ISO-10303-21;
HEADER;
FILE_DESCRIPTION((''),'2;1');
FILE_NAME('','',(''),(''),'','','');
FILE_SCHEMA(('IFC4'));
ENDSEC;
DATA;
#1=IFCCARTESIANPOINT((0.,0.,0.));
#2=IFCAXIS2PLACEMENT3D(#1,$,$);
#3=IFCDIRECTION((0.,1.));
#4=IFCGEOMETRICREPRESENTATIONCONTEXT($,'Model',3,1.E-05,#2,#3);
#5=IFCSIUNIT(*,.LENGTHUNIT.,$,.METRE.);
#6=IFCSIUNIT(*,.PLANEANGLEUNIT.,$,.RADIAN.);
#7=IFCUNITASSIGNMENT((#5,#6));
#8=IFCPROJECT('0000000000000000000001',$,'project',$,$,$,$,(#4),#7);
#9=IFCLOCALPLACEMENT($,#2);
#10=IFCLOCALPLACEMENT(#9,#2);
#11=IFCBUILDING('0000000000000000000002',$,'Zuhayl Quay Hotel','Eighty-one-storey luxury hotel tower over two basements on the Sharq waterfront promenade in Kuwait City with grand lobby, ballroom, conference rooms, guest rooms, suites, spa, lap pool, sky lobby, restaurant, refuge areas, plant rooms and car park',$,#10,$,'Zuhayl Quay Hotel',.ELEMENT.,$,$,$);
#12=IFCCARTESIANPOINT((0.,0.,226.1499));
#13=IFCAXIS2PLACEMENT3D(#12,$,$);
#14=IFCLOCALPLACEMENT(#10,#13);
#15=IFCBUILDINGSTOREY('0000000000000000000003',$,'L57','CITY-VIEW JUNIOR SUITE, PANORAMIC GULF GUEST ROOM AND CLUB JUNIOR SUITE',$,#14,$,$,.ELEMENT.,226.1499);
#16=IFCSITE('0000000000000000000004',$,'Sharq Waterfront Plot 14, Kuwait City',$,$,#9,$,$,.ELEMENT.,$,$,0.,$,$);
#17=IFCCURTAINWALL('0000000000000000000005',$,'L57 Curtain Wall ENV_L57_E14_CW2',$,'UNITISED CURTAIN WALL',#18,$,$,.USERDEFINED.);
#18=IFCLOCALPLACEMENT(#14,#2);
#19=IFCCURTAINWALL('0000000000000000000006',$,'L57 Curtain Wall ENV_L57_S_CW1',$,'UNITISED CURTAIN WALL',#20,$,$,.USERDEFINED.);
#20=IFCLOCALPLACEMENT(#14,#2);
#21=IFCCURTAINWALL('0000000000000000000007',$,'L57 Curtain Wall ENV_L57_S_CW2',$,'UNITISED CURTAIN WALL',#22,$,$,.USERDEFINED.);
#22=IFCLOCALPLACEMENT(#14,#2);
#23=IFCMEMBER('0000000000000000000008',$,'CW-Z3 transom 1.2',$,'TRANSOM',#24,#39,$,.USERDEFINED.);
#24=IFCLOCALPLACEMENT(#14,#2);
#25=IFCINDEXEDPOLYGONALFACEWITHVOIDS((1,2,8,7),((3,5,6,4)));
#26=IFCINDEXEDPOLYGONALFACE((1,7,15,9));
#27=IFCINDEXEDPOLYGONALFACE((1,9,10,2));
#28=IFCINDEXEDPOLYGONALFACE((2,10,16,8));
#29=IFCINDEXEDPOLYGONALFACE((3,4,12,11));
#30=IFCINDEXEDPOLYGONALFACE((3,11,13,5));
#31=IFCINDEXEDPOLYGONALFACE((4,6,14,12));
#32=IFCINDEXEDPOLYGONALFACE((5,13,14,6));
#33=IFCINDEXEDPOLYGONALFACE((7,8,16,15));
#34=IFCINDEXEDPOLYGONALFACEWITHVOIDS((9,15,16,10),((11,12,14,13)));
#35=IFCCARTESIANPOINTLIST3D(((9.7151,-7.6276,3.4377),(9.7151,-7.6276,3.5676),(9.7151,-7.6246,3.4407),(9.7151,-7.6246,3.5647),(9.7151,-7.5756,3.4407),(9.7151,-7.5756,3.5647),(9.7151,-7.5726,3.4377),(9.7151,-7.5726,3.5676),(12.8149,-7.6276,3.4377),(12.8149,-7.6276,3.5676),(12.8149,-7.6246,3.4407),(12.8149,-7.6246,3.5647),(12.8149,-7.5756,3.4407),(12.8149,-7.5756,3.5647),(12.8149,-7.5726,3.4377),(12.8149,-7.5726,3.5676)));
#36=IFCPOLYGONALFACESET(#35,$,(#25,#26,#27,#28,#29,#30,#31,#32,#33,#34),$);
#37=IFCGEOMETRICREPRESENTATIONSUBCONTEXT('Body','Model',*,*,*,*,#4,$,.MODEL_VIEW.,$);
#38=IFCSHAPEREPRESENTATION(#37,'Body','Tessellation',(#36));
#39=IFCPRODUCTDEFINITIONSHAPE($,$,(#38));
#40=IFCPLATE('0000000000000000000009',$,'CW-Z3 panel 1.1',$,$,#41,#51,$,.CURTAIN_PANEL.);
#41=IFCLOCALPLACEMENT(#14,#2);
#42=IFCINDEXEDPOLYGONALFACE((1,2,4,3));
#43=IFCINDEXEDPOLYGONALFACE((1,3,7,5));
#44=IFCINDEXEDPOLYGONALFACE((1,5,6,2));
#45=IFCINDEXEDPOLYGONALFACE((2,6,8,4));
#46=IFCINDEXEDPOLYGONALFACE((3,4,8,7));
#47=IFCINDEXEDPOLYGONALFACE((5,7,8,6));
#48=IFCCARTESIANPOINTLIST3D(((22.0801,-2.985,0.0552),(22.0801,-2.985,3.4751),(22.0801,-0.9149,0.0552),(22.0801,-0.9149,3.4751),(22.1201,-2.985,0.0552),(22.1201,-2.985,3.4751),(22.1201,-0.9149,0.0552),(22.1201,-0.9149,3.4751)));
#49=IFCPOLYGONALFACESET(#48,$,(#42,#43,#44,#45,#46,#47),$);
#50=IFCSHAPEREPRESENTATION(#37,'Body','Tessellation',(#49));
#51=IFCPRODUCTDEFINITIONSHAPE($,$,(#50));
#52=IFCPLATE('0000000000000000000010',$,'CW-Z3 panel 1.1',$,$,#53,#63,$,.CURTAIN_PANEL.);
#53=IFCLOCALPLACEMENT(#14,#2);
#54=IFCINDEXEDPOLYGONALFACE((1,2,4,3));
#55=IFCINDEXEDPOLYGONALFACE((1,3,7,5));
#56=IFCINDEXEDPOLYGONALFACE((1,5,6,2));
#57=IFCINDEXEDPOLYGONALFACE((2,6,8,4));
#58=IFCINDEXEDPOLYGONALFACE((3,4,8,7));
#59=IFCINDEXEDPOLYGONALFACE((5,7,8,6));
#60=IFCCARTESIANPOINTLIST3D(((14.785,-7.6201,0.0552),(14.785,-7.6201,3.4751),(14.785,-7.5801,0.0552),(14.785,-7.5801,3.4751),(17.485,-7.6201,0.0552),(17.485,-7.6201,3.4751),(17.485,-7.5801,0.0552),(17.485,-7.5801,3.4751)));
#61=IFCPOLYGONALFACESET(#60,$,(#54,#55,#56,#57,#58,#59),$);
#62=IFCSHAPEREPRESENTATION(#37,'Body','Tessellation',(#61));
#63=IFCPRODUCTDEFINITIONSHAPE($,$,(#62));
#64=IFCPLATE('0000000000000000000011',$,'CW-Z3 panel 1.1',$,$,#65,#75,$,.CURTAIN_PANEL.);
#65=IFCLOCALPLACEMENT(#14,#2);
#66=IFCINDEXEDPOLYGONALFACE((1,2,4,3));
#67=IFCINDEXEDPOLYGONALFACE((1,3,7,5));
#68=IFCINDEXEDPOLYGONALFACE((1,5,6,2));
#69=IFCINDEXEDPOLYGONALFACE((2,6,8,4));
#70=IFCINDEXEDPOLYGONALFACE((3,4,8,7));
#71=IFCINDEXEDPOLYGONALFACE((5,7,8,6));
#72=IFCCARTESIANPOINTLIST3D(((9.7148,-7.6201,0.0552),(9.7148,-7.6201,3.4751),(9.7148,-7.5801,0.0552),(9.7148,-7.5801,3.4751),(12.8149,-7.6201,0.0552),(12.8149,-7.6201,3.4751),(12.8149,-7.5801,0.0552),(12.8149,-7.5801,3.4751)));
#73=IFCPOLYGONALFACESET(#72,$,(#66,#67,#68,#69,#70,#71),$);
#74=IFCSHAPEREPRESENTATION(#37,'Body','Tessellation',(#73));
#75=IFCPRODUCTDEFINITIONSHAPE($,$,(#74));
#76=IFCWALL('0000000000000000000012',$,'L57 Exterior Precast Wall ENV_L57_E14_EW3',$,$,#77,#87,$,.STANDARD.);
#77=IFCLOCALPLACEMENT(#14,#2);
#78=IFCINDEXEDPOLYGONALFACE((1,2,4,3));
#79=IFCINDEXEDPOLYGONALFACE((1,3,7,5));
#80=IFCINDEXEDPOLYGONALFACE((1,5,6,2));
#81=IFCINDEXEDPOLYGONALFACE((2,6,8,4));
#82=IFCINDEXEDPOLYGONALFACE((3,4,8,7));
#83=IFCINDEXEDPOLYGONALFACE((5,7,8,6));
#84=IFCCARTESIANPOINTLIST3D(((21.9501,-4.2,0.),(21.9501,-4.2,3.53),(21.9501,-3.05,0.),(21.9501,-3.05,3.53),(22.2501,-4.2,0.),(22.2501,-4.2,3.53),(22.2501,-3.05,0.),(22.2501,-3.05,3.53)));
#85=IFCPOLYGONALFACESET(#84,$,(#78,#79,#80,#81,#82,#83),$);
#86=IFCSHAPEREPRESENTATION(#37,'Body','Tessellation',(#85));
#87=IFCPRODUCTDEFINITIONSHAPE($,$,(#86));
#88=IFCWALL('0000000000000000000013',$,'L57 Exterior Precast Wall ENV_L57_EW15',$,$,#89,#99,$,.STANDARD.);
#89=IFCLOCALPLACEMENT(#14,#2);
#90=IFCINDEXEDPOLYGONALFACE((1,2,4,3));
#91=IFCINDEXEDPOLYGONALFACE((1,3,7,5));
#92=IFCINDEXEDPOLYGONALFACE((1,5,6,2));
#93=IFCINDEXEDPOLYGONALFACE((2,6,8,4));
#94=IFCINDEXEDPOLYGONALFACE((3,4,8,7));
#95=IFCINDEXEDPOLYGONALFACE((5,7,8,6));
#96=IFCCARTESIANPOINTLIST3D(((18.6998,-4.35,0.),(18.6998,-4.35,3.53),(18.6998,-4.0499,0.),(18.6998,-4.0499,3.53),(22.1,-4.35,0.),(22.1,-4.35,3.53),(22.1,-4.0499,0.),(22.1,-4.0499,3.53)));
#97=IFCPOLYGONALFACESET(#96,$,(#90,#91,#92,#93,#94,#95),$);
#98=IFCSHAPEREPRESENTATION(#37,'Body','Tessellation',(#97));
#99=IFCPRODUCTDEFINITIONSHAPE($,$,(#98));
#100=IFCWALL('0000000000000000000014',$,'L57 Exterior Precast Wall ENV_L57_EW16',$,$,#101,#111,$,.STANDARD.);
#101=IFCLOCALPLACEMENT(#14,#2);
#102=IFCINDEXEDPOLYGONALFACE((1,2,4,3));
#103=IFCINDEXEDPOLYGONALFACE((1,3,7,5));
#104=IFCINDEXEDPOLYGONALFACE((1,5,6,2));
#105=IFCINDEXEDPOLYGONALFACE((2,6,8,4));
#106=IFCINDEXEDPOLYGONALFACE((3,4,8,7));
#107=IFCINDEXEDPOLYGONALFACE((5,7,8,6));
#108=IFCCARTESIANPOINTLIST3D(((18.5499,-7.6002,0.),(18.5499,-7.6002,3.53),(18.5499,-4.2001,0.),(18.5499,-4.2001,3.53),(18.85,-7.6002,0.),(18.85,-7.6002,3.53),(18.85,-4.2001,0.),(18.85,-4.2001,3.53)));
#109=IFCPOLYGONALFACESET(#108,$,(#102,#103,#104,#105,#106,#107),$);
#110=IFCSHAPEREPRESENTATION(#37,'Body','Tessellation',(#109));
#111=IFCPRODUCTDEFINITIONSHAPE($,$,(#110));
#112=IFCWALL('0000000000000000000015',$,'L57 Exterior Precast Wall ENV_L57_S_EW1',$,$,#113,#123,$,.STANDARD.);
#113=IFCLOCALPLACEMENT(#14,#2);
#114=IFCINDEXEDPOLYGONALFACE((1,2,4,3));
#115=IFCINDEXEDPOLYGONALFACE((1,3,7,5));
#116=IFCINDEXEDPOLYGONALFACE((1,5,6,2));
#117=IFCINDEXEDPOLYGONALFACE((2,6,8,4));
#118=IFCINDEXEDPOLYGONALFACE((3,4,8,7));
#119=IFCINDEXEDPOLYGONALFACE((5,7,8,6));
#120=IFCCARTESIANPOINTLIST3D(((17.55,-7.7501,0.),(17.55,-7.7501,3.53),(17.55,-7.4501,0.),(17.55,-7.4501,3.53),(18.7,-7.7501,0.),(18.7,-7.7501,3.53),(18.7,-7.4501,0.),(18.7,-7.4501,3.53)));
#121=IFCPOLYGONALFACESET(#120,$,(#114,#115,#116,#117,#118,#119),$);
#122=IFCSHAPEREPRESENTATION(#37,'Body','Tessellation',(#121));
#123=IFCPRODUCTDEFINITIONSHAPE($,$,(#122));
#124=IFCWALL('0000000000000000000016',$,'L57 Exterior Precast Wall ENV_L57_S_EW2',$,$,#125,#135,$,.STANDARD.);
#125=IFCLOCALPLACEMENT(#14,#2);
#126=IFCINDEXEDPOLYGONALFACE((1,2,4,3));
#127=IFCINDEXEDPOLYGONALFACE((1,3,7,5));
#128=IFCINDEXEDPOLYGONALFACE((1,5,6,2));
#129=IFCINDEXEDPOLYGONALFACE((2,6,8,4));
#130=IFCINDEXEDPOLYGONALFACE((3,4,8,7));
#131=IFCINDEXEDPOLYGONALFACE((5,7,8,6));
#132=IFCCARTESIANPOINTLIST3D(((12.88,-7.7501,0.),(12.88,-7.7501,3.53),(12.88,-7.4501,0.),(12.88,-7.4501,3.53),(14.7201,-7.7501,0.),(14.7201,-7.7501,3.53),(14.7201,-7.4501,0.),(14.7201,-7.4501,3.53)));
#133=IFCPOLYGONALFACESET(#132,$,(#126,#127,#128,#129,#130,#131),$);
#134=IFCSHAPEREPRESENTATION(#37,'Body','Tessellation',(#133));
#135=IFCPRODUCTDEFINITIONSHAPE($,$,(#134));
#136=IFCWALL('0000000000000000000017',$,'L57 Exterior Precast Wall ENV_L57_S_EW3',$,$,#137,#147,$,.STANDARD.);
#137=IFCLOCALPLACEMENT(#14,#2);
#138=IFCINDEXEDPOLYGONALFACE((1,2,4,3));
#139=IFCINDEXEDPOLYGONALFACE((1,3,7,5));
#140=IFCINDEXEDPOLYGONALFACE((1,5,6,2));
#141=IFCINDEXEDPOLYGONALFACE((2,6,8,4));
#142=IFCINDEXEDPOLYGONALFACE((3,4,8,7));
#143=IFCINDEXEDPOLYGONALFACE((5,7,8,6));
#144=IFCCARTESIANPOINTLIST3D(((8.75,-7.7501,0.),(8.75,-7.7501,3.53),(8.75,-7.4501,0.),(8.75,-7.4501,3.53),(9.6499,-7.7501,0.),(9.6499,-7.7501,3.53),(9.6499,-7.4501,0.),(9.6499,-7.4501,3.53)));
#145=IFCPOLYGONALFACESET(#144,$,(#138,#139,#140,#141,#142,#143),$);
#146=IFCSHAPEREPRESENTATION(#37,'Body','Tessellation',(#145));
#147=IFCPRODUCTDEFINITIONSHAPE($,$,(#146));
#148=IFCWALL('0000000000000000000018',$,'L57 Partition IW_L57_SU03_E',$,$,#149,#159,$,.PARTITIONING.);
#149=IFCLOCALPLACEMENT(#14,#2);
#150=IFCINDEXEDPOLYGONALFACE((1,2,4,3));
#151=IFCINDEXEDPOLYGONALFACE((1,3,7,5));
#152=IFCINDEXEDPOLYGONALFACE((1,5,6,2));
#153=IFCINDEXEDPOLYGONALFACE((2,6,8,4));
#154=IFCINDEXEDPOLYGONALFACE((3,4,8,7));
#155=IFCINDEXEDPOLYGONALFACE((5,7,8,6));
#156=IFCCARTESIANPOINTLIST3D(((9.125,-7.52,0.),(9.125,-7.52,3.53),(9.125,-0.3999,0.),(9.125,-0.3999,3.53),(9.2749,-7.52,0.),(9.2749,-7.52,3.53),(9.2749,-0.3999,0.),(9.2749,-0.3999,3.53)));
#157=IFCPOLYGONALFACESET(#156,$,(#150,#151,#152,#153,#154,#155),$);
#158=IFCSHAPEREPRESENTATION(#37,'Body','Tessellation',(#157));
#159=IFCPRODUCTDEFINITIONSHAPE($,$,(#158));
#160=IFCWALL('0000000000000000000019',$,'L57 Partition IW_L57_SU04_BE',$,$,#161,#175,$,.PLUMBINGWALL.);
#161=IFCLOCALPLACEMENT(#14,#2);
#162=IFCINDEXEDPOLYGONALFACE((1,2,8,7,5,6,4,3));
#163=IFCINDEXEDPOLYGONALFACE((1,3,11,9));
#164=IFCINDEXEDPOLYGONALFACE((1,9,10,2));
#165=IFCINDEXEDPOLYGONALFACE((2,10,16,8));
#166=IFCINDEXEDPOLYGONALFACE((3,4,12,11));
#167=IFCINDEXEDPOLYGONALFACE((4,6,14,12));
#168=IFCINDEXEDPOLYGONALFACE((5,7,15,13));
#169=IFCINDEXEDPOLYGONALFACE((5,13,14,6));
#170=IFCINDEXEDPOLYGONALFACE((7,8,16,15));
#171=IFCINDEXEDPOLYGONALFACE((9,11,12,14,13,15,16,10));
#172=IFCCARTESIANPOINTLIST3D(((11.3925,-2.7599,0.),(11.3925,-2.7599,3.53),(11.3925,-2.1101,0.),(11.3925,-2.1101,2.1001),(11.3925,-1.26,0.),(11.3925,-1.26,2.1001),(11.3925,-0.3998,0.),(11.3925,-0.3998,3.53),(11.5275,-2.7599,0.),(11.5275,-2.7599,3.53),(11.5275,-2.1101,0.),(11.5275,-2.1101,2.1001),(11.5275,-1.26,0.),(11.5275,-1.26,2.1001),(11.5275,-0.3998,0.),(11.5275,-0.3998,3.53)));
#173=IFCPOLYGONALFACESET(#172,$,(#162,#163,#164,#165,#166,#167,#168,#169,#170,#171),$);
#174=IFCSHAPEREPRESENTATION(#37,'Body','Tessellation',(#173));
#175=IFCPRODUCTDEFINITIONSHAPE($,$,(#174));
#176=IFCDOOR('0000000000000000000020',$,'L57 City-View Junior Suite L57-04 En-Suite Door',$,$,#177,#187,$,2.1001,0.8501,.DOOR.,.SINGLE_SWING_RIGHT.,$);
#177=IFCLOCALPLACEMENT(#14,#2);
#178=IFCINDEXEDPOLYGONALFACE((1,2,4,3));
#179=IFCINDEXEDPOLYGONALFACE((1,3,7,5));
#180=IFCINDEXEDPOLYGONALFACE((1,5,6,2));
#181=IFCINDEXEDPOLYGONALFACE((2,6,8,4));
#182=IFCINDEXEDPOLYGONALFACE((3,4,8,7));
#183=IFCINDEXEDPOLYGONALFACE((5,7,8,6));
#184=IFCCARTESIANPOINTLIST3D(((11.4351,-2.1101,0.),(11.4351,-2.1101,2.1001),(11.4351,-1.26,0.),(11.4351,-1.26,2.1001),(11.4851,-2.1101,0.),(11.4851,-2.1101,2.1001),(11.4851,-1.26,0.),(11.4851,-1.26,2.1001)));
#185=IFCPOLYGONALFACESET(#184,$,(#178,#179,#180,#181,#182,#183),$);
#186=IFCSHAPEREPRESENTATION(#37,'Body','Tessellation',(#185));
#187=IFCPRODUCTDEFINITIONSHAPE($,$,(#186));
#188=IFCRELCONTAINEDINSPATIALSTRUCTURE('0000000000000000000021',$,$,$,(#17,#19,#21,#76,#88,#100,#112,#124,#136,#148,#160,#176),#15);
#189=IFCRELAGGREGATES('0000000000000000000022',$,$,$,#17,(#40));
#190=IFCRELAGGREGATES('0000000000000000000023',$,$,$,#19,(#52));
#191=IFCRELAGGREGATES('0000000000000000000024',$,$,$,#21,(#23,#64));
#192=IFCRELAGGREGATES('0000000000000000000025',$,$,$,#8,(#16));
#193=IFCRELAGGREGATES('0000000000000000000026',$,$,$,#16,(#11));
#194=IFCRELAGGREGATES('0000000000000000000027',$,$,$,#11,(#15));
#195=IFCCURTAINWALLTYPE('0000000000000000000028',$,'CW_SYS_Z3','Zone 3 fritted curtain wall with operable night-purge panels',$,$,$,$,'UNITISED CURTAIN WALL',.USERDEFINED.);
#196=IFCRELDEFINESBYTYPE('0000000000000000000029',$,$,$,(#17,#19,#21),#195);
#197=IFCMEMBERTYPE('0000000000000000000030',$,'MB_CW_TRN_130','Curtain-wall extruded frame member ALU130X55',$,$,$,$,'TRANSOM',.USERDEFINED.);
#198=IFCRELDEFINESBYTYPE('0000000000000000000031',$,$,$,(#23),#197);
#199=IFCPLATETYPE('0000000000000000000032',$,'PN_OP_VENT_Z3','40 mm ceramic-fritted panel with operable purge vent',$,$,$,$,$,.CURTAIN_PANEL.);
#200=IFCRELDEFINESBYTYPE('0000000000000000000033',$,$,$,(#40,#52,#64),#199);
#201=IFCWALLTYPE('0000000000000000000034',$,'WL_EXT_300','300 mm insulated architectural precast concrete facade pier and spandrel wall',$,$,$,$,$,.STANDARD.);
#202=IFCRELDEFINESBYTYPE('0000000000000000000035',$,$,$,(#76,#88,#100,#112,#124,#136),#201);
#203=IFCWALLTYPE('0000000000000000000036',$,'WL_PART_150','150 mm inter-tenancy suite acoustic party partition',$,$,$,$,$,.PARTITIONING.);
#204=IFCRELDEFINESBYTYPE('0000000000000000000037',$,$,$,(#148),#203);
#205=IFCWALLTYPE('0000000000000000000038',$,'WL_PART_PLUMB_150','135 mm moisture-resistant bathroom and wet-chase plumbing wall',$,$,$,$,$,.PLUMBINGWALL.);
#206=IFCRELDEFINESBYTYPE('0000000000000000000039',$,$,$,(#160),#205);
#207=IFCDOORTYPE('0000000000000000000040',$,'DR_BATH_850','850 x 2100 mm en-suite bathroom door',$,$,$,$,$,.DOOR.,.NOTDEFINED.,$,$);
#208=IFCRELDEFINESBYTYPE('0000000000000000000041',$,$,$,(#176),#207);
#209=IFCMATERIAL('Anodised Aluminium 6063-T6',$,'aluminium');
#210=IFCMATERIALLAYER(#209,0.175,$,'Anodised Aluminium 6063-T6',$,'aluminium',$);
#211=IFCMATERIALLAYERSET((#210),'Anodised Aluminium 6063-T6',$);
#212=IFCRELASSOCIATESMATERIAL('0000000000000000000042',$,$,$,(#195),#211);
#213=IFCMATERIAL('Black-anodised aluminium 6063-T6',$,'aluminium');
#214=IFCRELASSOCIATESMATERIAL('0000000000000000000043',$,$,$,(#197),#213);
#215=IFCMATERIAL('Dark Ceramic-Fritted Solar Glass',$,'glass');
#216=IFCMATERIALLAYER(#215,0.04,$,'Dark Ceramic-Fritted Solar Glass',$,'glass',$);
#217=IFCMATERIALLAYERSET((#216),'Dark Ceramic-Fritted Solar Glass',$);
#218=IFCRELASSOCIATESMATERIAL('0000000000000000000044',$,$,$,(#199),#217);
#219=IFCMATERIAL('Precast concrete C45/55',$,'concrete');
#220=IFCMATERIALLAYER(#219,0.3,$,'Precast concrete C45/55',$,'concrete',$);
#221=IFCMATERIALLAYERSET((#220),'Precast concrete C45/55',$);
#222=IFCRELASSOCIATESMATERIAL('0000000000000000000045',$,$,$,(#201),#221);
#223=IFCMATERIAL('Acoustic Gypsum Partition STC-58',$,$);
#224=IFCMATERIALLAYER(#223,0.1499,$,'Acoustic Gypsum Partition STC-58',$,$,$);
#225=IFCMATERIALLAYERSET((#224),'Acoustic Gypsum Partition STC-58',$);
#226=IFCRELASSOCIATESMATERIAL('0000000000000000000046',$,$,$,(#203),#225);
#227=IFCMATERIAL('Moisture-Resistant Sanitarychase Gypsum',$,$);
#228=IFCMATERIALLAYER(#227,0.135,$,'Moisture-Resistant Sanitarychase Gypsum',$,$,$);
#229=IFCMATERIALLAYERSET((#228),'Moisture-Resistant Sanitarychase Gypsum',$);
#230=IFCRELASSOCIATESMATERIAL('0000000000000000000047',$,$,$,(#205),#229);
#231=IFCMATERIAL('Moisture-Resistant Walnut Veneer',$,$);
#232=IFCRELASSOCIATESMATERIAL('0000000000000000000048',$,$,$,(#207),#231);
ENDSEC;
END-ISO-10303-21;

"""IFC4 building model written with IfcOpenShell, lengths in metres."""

from ifc_helpers import new_model, si_unit, direction, frame, frame_2d, origin, origin_2d, place, context, subcontext, project, spatial, rectangle, hollow_rectangle, extrude, material, layer, layer_set, material_profile, profile_set, type_object, element, fill, aggregate, save


model = new_model("IFC4")

# Units and contexts
model_context = context("Model", 3, precision=1e-05, world=origin(), true_north=direction((0.0, 1.0)))
body_context = subcontext(model_context, "Body", "Model", "MODEL_VIEW")
ifc_project = project(units=[si_unit("LENGTHUNIT", "METRE"), si_unit("PLANEANGLEUNIT", "RADIAN")], contexts=[model_context])

# Site, building, storey
site_placement = place(None, origin())
site = spatial("IfcSite", under=ifc_project, at=site_placement, Name="Sharq Waterfront Plot 14, Kuwait City", CompositionType="ELEMENT", RefElevation=0.0)
building_placement = place(site_placement, origin())
building = spatial("IfcBuilding", under=site, at=building_placement, Name="Zuhayl Quay Hotel", Description="Eighty-one-storey luxury hotel tower over two basements on the Sharq waterfront promenade in Kuwait City with grand lobby, ballroom, conference rooms, guest rooms, suites, spa, lap pool, sky lobby, restaurant, refuge areas, plant rooms and car park", LongName="Zuhayl Quay Hotel", CompositionType="ELEMENT")
storey_placement = place(building_placement, frame((0.0, 0.0, 226.1499)))
storey = spatial("IfcBuildingStorey", under=building, at=storey_placement, Name="L57", Description="CITY-VIEW JUNIOR SUITE, PANORAMIC GULF GUEST ROOM AND CLUB JUNIOR SUITE", CompositionType="ELEMENT", Elevation=226.1499)

# Curtain wall
ifc_material_1 = material(Name="Anodised Aluminium 6063-T6", Category="aluminium")
ifc_layer_1 = layer(ifc_material_1, 0.175, Name="Anodised Aluminium 6063-T6", Category="aluminium")
ifc_layer_set_1 = layer_set([ifc_layer_1], Name="Anodised Aluminium 6063-T6")
curtain_wall_type = type_object("IfcCurtainWallType", Name="CW_SYS_Z3", Description="Zone 3 fritted curtain wall with operable night-purge panels", ElementType="UNITISED CURTAIN WALL", PredefinedType="USERDEFINED", material=ifc_layer_set_1)
curtain_wall_1_placement = place(storey_placement, origin())
curtain_wall_1 = element("IfcCurtainWall", 1, at=curtain_wall_1_placement, inside=storey, type_object=curtain_wall_type, Name="L57 Curtain Wall ENV_L57_E14_CW2", ObjectType="UNITISED CURTAIN WALL", PredefinedType="USERDEFINED")
ifc_material_2 = material(Name="Black-anodised aluminium 6063-T6", Category="aluminium")

# Curtain walls
curtain_wall_2_placement = place(storey_placement, origin())
curtain_wall_2 = element("IfcCurtainWall", 2, at=curtain_wall_2_placement, inside=storey, type_object=curtain_wall_type, Name="L57 Curtain Wall ENV_L57_S_CW1", ObjectType="UNITISED CURTAIN WALL", PredefinedType="USERDEFINED")
curtain_wall_3_placement = place(storey_placement, origin())
curtain_wall_3 = element("IfcCurtainWall", 3, at=curtain_wall_3_placement, inside=storey, type_object=curtain_wall_type, Name="L57 Curtain Wall ENV_L57_S_CW2", ObjectType="UNITISED CURTAIN WALL", PredefinedType="USERDEFINED")

# Member
ifc_material_profile_1 = material_profile(ifc_material_2, hollow_rectangle(XDim=0.0549, YDim=0.1299, WallThickness=0.0029, at=origin_2d()), Name="ALU130X55")
ifc_profile_set_1 = profile_set([ifc_material_profile_1], Name="Black-anodised aluminium 6063-T6")
member_type_1 = type_object("IfcMemberType", Name="MB_CW_TRN_130", Description="Curtain-wall extruded frame member ALU130X55", ElementType="TRANSOM", PredefinedType="USERDEFINED", material=ifc_profile_set_1)
member_1_placement = place(storey_placement, frame((12.8149, -7.6001, 3.5027), z_axis=(-1.0, 0.0, 0.0), x_axis=(0.0, -1.0, 0.0)))
member_1 = element("IfcMember", 4, at=member_1_placement, type_object=member_type_1, Name="CW-Z3 transom 1.2", ObjectType="TRANSOM", PredefinedType="USERDEFINED", context=body_context, shape_type="SweptSolid", body=[
    extrude(hollow_rectangle(XDim=0.0549, YDim=0.1299, WallThickness=0.0029, at=origin_2d()), origin(), (0.0, 0.0, 1.0), 3.0999),
])

# Plates
ifc_material_3 = material(Name="Dark Ceramic-Fritted Solar Glass", Category="glass")
ifc_layer_2 = layer(ifc_material_3, 0.04, Name="Dark Ceramic-Fritted Solar Glass", Category="glass")
ifc_layer_set_2 = layer_set([ifc_layer_2], Name="Dark Ceramic-Fritted Solar Glass")
plate_type = type_object("IfcPlateType", Name="PN_OP_VENT_Z3", Description="40 mm ceramic-fritted panel with operable purge vent", PredefinedType="CURTAIN_PANEL", material=ifc_layer_set_2)
plate_1_placement = place(storey_placement, frame((22.1001, -1.95, 0.0552), z_axis=(0.0, 0.0, 1.0), x_axis=(0.0, -1.0, 0.0)))
plate_1 = element("IfcPlate", 5, at=plate_1_placement, type_object=plate_type, Name="CW-Z3 panel 1.1", PredefinedType="CURTAIN_PANEL", context=body_context, shape_type="SweptSolid", body=[
    extrude(rectangle(XDim=2.0701, YDim=0.04, at=origin_2d()), origin(), (0.0, 0.0, 1.0), 3.4199),
])
aggregate(curtain_wall_1, [plate_1])
plate_2_placement = place(storey_placement, frame((16.135, -7.6001, 0.0552), z_axis=(0.0, 0.0, 1.0), x_axis=(-1.0, 0.0, 0.0)))
plate_2 = element("IfcPlate", 6, at=plate_2_placement, type_object=plate_type, Name="CW-Z3 panel 1.1", PredefinedType="CURTAIN_PANEL", context=body_context, shape_type="SweptSolid", body=[
    extrude(rectangle(XDim=2.7, YDim=0.04, at=origin_2d()), origin(), (0.0, 0.0, 1.0), 3.4199),
])
aggregate(curtain_wall_2, [plate_2])
plate_3_placement = place(storey_placement, frame((11.2649, -7.6001, 0.0552), z_axis=(0.0, 0.0, 1.0), x_axis=(-1.0, 0.0, 0.0)))
plate_3 = element("IfcPlate", 7, at=plate_3_placement, type_object=plate_type, Name="CW-Z3 panel 1.1", PredefinedType="CURTAIN_PANEL", context=body_context, shape_type="SweptSolid", body=[
    extrude(rectangle(XDim=3.1001, YDim=0.04, at=origin_2d()), origin(), (0.0, 0.0, 1.0), 3.4199),
])
aggregate(curtain_wall_3, [member_1, plate_3])

# Walls
ifc_material_4 = material(Name="Precast concrete C45/55", Category="concrete")
ifc_layer_3 = layer(ifc_material_4, 0.3, Name="Precast concrete C45/55", Category="concrete")
ifc_layer_set_3 = layer_set([ifc_layer_3], Name="Precast concrete C45/55")
wall_type_1 = type_object("IfcWallType", Name="WL_EXT_300", Description="300 mm insulated architectural precast concrete facade pier and spandrel wall", PredefinedType="STANDARD", material=ifc_layer_set_3)
wall_1_placement = place(storey_placement, frame((22.1001, -3.05, 0.0), z_axis=(0.0, 0.0, 1.0), x_axis=(0.0, -1.0, 0.0)))
element("IfcWall", 8, at=wall_1_placement, inside=storey, type_object=wall_type_1, Name="L57 Exterior Precast Wall ENV_L57_E14_EW3", PredefinedType="STANDARD", context=body_context, shape_type="SweptSolid", body=[
    extrude(rectangle(XDim=1.1499, YDim=0.3, at=frame_2d((0.575, 0.0))), origin(), (0.0, 0.0, 1.0), 3.53),
])
for number, where, z_axis, x_axis, name in (
    (9, (22.1001, -4.2, 0.0), (0.0, 0.0, 1.0), (-1.0, 0.0, 0.0), "L57 Exterior Precast Wall ENV_L57_EW15"),
    (10, (18.7, -4.2, 0.0), (0.0, 0.0, 1.0), (0.0, -1.0, 0.0), "L57 Exterior Precast Wall ENV_L57_EW16"),
):
    element("IfcWall", number, at=place(storey_placement, frame(where, z_axis=z_axis, x_axis=x_axis)), inside=storey, type_object=wall_type_1, Name=name, PredefinedType="STANDARD", context=body_context, shape_type="SweptSolid", body=[
        extrude(rectangle(XDim=3.4001, YDim=0.3, at=frame_2d((1.7002, 0.0))), origin(), (0.0, 0.0, 1.0), 3.53),
    ])
wall_2_placement = place(storey_placement, frame((18.7, -7.6001, 0.0), z_axis=(0.0, 0.0, 1.0), x_axis=(-1.0, 0.0, 0.0)))
element("IfcWall", 11, at=wall_2_placement, inside=storey, type_object=wall_type_1, Name="L57 Exterior Precast Wall ENV_L57_S_EW1", PredefinedType="STANDARD", context=body_context, shape_type="SweptSolid", body=[
    extrude(rectangle(XDim=1.1499, YDim=0.3, at=frame_2d((0.575, 0.0))), origin(), (0.0, 0.0, 1.0), 3.53),
])
wall_3_placement = place(storey_placement, frame((14.72, -7.6001, 0.0), z_axis=(0.0, 0.0, 1.0), x_axis=(-1.0, 0.0, 0.0)))
element("IfcWall", 12, at=wall_3_placement, inside=storey, type_object=wall_type_1, Name="L57 Exterior Precast Wall ENV_L57_S_EW2", PredefinedType="STANDARD", context=body_context, shape_type="SweptSolid", body=[
    extrude(rectangle(XDim=1.8401, YDim=0.3, at=frame_2d((0.9199, 0.0))), origin(), (0.0, 0.0, 1.0), 3.53),
])
wall_4_placement = place(storey_placement, frame((9.6499, -7.6001, 0.0), z_axis=(0.0, 0.0, 1.0), x_axis=(-1.0, 0.0, 0.0)))
element("IfcWall", 13, at=wall_4_placement, inside=storey, type_object=wall_type_1, Name="L57 Exterior Precast Wall ENV_L57_S_EW3", PredefinedType="STANDARD", context=body_context, shape_type="SweptSolid", body=[
    extrude(rectangle(XDim=0.8999, YDim=0.3, at=frame_2d((0.45, 0.0))), origin(), (0.0, 0.0, 1.0), 3.53),
])
ifc_material_5 = material(Name="Acoustic Gypsum Partition STC-58")
ifc_layer_4 = layer(ifc_material_5, 0.1499, Name="Acoustic Gypsum Partition STC-58")
ifc_layer_set_4 = layer_set([ifc_layer_4], Name="Acoustic Gypsum Partition STC-58")
wall_type_2 = type_object("IfcWallType", Name="WL_PART_150", Description="150 mm inter-tenancy suite acoustic party partition", PredefinedType="PARTITIONING", material=ifc_layer_set_4)
wall_5_placement = place(storey_placement, frame((9.2, -7.52, 0.0), z_axis=(0.0, 0.0, 1.0), x_axis=(0.0, 1.0, 0.0)))
element("IfcWall", 14, at=wall_5_placement, inside=storey, type_object=wall_type_2, Name="L57 Partition IW_L57_SU03_E", PredefinedType="PARTITIONING", context=body_context, shape_type="SweptSolid", body=[
    extrude(rectangle(XDim=7.1201, YDim=0.1499, at=frame_2d((3.5601, 0.0))), origin(), (0.0, 0.0, 1.0), 3.53),
])

# Wall, opening, door
ifc_material_6 = material(Name="Moisture-Resistant Sanitarychase Gypsum")
ifc_layer_5 = layer(ifc_material_6, 0.135, Name="Moisture-Resistant Sanitarychase Gypsum")
ifc_layer_set_5 = layer_set([ifc_layer_5], Name="Moisture-Resistant Sanitarychase Gypsum")
wall_type_3 = type_object("IfcWallType", Name="WL_PART_PLUMB_150", Description="135 mm moisture-resistant bathroom and wet-chase plumbing wall", PredefinedType="PLUMBINGWALL", material=ifc_layer_set_5)
wall_6_placement = place(storey_placement, frame((11.46, -2.76, 0.0), z_axis=(0.0, 0.0, 1.0), x_axis=(0.0, 1.0, 0.0)))
wall_6 = element("IfcWall", 15, at=wall_6_placement, inside=storey, type_object=wall_type_3, Name="L57 Partition IW_L57_SU04_BE", PredefinedType="PLUMBINGWALL", context=body_context, shape_type="SweptSolid", body=[
    extrude(rectangle(XDim=2.3601, YDim=0.135, at=frame_2d((1.1802, 0.0))), origin(), (0.0, 0.0, 1.0), 3.53),
])
opening_placement = place(wall_6_placement, frame((0.6499, 0.0, 0.0)))
opening = element("IfcOpeningElement", 16, at=opening_placement, cuts=wall_6, PredefinedType="OPENING", context=body_context, shape_type="SweptSolid", body=[
    extrude(rectangle(XDim=0.8501, YDim=2.1001, at=frame_2d((0.425, 1.05))), frame((0.0, 0.0774, 0.0), z_axis=(0.0, -1.0, 0.0), x_axis=(1.0, 0.0, 0.0)), (0.0, 0.0, 1.0), 0.155),
])
ifc_material_7 = material(Name="Moisture-Resistant Walnut Veneer")
door_type = type_object("IfcDoorType", Name="DR_BATH_850", Description="850 x 2100 mm en-suite bathroom door", OperationType="NOTDEFINED", PredefinedType="DOOR", material=ifc_material_7)
door_placement = place(opening_placement, origin())
door = element("IfcDoor", 17, at=door_placement, inside=storey, type_object=door_type, Name="L57 City-View Junior Suite L57-04 En-Suite Door", OperationType="SINGLE_SWING_RIGHT", OverallHeight=2.1001, OverallWidth=0.8501, PredefinedType="DOOR", context=body_context, shape_type="SweptSolid", body=[
    extrude(rectangle(XDim=0.8501, YDim=2.1001, at=frame_2d((0.425, 1.05))), frame((0.0, 0.0249, 0.0), z_axis=(0.0, -1.0, 0.0), x_axis=(1.0, 0.0, 0.0)), (0.0, 0.0, 1.0), 0.05),
])
fill(opening, door)

save(model, "model.ifc")
